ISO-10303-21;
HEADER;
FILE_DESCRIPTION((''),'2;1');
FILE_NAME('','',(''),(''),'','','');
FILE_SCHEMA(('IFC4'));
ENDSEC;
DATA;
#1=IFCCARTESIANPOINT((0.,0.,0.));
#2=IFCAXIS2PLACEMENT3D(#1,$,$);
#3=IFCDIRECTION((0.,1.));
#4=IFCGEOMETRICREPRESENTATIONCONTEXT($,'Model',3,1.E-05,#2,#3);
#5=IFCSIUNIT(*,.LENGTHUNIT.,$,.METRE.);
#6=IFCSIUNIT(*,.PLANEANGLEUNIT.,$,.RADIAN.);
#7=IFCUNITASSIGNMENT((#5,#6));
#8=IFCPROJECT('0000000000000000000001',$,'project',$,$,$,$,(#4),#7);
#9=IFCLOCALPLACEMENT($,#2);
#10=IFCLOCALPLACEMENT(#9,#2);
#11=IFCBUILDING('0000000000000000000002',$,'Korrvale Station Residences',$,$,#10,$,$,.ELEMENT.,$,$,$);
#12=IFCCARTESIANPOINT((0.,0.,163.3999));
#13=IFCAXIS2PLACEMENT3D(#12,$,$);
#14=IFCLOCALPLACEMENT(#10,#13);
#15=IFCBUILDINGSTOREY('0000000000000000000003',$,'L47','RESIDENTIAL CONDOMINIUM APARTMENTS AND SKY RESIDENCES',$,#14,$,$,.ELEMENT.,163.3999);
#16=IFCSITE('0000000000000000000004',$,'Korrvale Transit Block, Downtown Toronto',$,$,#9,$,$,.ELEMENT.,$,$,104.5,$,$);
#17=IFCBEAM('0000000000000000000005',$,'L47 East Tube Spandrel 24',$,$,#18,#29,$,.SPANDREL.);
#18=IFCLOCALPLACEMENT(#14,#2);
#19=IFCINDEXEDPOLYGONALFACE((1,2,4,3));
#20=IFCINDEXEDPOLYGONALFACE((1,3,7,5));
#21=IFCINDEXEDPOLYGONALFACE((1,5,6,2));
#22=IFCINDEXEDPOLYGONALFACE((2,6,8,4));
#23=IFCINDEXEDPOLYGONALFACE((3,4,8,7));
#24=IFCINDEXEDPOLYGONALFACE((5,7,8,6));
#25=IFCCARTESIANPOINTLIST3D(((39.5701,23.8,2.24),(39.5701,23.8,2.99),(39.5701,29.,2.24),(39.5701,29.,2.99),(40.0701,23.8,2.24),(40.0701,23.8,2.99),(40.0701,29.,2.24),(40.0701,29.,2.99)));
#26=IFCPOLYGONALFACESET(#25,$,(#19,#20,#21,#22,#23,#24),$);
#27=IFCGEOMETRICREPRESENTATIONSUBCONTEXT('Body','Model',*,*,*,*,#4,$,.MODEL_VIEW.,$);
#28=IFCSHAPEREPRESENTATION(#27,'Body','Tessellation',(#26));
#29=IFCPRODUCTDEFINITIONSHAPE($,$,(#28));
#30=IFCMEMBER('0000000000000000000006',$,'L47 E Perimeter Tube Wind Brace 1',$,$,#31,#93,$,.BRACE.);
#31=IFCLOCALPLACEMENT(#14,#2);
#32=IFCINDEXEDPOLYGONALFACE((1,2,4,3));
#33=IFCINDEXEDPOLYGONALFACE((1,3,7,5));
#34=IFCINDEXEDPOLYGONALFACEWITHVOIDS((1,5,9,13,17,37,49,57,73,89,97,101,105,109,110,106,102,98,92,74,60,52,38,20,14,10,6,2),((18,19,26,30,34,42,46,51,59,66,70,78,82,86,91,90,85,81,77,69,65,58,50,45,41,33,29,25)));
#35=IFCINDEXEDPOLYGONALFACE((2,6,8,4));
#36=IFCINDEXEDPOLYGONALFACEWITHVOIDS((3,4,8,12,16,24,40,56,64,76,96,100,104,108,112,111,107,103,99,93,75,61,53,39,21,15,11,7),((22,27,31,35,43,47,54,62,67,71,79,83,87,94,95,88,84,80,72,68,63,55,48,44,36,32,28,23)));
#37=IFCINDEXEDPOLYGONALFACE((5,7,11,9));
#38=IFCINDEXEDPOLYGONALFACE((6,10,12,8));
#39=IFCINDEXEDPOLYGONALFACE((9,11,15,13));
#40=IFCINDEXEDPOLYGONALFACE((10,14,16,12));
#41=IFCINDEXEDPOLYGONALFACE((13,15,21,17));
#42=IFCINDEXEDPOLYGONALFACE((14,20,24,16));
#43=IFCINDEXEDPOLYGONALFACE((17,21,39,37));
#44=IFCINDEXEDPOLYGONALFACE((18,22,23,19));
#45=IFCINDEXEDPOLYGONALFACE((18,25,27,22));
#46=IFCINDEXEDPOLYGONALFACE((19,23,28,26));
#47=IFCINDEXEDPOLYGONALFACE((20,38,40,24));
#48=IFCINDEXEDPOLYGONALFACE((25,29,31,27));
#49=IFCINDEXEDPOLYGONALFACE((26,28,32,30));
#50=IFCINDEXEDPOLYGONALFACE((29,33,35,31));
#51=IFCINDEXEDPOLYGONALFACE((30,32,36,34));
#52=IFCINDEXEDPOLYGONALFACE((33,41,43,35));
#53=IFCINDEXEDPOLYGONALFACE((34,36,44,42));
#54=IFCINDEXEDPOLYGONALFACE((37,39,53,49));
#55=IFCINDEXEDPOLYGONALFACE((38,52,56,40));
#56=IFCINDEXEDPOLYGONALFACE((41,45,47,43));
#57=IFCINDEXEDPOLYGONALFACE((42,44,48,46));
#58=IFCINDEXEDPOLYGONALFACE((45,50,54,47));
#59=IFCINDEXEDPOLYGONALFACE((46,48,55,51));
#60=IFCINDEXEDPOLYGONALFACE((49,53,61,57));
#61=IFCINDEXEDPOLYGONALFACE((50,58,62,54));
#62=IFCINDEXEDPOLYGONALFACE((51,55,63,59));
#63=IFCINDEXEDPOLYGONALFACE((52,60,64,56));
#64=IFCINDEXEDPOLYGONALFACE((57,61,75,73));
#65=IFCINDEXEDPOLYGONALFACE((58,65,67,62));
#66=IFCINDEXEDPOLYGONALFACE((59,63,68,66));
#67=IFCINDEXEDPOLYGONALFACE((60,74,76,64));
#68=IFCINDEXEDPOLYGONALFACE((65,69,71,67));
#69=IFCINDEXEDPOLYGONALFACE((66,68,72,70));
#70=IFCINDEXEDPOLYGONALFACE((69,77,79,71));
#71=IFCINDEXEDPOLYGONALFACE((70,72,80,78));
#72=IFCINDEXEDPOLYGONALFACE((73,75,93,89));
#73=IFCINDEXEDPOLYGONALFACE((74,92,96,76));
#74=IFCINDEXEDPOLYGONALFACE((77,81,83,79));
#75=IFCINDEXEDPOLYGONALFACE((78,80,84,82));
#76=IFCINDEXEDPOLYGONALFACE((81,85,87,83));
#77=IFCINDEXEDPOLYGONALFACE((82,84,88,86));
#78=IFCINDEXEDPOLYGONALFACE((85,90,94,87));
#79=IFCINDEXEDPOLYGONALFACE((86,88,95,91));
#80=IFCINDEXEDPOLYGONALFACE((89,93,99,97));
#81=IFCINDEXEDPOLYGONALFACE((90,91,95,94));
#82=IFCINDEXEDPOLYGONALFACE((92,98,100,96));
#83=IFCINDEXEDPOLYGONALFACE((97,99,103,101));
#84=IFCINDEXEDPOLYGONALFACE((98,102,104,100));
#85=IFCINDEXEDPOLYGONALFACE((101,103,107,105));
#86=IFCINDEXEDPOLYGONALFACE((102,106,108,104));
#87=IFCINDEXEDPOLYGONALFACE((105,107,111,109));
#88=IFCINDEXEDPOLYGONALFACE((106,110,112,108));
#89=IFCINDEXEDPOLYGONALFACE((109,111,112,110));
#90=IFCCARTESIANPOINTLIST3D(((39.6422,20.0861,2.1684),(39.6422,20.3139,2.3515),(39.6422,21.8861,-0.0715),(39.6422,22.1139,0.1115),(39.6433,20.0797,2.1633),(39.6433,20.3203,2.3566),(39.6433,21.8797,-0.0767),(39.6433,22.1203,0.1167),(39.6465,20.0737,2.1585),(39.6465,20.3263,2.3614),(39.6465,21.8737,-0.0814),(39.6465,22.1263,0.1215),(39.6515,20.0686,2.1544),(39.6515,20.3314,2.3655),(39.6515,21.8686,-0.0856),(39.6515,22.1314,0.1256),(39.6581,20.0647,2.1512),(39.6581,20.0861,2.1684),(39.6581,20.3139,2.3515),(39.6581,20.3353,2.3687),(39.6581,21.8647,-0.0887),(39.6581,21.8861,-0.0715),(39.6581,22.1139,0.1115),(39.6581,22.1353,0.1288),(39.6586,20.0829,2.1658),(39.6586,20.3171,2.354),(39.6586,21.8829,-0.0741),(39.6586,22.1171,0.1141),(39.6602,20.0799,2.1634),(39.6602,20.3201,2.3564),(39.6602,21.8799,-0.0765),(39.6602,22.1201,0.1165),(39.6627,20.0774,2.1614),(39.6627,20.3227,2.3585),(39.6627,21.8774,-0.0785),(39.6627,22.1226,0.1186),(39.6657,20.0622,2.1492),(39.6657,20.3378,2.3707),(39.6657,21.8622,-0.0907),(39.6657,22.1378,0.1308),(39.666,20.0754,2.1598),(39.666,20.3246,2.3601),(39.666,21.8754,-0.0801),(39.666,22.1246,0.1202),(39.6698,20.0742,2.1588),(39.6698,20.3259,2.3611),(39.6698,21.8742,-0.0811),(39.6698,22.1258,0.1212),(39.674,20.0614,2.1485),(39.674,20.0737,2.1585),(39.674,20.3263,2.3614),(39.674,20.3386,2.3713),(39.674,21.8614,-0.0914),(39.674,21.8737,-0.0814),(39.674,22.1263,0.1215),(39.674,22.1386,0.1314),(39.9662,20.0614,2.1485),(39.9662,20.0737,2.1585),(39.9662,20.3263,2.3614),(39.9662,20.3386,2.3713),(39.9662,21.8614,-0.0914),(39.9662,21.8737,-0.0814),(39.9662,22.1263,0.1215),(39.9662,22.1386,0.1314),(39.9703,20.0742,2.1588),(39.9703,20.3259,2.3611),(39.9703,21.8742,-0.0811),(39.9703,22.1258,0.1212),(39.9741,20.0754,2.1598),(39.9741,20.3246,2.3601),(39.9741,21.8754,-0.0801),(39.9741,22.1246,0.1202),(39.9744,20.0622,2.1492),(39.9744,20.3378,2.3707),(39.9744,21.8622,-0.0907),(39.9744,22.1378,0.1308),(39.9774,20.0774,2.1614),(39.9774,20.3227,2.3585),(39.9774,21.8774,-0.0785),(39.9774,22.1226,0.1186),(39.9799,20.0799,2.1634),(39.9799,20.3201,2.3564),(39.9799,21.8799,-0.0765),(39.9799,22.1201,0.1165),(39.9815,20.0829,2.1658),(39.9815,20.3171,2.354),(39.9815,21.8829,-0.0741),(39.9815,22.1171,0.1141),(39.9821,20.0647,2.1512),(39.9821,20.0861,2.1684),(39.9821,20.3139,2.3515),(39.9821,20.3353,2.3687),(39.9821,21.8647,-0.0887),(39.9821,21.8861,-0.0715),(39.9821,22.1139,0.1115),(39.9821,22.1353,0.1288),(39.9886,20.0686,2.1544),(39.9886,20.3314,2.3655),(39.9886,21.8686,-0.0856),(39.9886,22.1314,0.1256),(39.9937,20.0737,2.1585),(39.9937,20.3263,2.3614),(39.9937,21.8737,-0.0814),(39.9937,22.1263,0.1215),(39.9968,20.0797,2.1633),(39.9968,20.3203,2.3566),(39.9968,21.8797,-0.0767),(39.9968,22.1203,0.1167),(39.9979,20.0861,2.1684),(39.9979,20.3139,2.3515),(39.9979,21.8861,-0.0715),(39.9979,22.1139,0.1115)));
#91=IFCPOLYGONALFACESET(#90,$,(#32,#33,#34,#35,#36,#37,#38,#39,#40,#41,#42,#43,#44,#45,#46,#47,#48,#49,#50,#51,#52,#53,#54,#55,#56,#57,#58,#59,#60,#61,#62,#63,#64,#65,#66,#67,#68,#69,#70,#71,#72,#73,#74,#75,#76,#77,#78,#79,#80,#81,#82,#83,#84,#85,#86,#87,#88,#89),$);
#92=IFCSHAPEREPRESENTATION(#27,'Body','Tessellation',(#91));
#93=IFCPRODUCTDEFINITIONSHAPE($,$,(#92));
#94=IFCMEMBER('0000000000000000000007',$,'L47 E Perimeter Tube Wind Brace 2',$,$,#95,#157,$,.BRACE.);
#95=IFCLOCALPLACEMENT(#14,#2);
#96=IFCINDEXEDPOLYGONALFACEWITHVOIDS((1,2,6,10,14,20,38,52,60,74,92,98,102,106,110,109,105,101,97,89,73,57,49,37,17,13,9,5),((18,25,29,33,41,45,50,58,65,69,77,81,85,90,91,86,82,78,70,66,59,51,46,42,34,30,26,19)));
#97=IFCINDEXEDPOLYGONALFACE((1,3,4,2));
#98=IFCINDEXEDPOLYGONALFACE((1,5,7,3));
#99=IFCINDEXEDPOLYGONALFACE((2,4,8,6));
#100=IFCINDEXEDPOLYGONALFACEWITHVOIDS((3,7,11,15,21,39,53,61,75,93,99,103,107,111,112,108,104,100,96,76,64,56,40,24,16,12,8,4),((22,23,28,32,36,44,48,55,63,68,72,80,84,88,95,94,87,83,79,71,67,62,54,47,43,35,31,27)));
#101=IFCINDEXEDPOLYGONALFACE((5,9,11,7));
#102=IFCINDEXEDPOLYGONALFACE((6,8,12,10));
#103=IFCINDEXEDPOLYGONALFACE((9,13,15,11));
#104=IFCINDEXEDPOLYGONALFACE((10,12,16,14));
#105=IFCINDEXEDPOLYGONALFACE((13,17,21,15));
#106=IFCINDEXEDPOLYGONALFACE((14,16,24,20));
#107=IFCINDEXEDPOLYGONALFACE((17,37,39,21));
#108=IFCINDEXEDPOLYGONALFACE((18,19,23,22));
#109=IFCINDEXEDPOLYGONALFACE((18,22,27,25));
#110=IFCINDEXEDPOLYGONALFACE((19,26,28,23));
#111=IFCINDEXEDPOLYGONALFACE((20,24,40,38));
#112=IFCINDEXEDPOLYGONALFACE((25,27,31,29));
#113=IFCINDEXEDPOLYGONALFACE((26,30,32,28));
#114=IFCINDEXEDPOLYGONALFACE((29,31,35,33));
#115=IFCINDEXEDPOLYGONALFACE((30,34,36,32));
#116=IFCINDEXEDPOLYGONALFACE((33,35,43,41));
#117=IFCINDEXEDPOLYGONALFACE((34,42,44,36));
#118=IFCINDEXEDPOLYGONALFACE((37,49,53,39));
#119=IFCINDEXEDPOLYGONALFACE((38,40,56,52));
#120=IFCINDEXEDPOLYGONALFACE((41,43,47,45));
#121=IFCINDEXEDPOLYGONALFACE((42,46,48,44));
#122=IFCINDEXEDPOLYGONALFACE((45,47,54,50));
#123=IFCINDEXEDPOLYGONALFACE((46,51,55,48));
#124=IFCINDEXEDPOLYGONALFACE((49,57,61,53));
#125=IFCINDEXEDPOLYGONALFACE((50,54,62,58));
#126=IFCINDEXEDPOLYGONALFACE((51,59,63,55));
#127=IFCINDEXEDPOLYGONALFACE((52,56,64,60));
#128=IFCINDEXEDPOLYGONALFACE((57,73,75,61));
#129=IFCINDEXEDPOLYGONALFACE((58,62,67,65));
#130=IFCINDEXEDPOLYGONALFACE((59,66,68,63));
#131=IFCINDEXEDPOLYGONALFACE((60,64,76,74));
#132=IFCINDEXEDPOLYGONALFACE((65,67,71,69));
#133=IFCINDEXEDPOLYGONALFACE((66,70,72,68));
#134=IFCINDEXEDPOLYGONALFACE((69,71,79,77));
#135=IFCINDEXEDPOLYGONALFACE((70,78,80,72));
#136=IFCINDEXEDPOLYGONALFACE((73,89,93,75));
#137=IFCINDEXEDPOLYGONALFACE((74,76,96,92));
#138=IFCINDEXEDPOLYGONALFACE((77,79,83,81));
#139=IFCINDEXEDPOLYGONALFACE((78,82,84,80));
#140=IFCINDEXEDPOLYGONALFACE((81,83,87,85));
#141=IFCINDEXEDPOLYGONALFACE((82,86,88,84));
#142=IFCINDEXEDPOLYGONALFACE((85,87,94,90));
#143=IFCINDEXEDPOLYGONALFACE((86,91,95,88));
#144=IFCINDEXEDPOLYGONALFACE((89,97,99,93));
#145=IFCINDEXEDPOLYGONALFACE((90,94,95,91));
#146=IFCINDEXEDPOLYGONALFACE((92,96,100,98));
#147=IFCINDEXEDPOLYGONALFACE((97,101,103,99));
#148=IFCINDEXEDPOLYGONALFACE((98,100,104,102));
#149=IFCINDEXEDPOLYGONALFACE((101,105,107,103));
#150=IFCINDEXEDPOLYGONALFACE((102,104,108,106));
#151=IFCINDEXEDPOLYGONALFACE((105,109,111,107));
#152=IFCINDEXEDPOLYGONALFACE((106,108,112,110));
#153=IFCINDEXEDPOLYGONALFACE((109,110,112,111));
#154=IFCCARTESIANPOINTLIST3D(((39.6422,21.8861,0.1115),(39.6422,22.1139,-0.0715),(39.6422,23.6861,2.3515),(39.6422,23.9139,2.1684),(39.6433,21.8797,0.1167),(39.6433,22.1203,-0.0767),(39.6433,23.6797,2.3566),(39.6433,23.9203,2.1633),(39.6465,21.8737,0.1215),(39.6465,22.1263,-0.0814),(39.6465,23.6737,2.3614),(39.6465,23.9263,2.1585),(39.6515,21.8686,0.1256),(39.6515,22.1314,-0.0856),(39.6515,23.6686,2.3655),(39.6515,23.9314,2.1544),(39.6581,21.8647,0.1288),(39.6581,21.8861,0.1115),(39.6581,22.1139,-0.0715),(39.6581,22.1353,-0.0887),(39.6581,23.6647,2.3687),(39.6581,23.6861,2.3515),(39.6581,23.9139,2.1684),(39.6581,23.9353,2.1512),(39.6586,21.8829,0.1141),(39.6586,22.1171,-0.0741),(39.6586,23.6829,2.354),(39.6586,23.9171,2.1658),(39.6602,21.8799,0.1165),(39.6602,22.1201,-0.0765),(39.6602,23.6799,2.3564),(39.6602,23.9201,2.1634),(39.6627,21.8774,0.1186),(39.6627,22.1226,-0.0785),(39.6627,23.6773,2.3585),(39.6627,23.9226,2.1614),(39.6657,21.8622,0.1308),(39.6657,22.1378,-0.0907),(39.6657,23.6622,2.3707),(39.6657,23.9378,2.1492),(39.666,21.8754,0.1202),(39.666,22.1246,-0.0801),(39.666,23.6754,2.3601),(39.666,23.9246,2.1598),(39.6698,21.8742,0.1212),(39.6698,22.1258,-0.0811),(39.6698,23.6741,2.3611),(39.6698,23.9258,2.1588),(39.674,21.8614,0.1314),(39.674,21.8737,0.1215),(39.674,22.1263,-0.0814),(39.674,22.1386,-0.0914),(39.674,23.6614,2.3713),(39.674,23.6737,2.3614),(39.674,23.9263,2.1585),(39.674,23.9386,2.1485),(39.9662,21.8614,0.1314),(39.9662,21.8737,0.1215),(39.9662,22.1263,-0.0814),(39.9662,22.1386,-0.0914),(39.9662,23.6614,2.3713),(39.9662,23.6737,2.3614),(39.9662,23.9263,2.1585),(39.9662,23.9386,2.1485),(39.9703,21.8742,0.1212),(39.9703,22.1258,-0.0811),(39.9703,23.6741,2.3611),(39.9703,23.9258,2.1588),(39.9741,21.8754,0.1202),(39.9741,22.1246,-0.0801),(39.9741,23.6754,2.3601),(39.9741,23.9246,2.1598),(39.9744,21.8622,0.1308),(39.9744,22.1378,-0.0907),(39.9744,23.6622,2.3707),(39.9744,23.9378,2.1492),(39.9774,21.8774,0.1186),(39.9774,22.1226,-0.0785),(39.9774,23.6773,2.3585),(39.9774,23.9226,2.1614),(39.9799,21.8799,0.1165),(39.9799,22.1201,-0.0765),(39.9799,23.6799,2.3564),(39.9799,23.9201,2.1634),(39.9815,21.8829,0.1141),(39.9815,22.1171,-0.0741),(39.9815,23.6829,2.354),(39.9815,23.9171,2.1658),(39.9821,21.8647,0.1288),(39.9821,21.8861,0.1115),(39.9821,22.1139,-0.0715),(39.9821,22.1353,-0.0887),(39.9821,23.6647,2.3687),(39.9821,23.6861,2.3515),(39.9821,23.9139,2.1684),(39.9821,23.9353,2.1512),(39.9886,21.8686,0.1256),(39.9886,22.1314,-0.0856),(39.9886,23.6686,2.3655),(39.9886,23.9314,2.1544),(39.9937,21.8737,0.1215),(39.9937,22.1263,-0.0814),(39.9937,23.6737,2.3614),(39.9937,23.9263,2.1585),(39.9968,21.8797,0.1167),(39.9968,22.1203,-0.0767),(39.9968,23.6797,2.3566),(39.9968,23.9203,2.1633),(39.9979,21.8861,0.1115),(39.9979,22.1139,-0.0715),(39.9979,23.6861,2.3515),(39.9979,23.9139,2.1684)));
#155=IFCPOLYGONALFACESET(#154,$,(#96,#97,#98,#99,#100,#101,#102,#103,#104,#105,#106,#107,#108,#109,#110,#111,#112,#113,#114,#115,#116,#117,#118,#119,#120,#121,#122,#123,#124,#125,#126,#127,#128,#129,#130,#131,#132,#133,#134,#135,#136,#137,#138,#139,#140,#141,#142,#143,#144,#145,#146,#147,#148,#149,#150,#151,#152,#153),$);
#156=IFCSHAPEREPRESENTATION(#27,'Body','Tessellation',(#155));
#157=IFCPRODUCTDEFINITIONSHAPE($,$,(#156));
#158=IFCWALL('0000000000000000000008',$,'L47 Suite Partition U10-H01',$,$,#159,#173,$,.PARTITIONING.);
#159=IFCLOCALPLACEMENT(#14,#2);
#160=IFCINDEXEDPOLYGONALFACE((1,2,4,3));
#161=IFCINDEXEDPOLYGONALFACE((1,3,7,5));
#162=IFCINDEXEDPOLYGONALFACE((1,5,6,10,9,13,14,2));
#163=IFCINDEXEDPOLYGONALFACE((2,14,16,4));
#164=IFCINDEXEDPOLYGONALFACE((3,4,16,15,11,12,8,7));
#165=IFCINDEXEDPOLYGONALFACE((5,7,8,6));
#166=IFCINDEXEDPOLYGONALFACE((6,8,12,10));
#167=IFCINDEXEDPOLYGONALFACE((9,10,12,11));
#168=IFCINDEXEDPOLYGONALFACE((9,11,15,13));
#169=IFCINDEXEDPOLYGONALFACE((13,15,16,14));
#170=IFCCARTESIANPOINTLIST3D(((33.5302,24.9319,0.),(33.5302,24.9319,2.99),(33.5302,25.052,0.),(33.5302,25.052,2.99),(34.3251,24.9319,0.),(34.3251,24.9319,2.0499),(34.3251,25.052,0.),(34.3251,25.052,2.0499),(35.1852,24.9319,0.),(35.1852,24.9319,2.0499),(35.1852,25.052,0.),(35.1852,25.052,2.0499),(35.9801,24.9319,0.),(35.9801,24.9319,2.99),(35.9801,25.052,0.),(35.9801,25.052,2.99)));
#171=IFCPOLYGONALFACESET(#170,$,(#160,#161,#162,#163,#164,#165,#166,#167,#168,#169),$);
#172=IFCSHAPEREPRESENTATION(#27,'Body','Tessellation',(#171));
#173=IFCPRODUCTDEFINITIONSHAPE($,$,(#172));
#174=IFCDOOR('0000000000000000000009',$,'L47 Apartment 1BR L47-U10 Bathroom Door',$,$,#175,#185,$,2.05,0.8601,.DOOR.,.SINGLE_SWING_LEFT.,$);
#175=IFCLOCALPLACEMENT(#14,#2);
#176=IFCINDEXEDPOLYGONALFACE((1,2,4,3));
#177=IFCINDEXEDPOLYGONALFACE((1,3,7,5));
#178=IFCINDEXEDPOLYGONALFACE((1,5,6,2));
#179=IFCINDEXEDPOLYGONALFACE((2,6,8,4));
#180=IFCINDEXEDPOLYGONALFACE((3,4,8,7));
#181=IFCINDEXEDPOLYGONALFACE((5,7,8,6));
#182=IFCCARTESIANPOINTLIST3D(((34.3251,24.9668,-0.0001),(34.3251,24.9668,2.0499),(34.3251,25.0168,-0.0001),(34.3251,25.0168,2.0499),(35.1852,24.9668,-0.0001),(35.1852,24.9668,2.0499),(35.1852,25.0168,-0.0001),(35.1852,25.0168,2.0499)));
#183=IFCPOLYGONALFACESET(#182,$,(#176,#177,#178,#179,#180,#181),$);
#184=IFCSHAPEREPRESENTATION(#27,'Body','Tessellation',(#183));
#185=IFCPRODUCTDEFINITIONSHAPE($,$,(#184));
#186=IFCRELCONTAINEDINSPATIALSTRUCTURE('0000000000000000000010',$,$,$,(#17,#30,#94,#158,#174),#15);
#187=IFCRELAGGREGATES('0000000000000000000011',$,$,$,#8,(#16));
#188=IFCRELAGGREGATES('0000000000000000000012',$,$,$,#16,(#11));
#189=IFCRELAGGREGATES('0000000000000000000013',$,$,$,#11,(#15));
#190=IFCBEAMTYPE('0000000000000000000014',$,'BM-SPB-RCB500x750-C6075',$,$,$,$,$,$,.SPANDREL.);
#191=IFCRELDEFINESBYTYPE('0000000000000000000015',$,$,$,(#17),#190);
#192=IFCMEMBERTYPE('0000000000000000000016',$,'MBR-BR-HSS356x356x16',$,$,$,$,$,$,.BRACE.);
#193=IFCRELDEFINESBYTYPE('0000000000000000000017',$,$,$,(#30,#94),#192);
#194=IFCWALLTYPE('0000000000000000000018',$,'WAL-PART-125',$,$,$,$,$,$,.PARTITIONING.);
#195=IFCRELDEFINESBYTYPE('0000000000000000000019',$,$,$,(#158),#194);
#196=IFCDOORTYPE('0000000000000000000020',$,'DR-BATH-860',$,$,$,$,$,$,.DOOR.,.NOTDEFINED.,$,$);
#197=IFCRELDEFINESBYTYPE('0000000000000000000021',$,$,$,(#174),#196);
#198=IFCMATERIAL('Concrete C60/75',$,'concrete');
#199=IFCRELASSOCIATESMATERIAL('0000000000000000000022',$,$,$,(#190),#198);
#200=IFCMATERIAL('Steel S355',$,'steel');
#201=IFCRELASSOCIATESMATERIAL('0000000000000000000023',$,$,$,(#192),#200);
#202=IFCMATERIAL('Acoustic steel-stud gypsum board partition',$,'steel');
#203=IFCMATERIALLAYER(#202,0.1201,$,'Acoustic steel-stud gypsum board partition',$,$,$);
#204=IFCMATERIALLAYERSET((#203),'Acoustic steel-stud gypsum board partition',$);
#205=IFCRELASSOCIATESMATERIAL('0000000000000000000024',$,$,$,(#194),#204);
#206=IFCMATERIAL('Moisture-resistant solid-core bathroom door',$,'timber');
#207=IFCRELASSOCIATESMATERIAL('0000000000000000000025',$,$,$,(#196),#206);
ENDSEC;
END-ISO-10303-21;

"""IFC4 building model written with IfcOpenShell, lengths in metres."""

from ifc_helpers import new_model, si_unit, direction, frame, frame_2d, origin, origin_2d, place, context, subcontext, project, spatial, rectangle, hollow_rectangle, extrude, material, layer, layer_set, material_profile, profile_set, type_object, element, fill, save


model = new_model("IFC4")

# Units and contexts
model_context = context("Model", 3, precision=1e-05, world=origin(), true_north=direction((0.0, 1.0)))
body_context = subcontext(model_context, "Body", "Model", "MODEL_VIEW")
ifc_project = project(units=[si_unit("LENGTHUNIT", "METRE"), si_unit("PLANEANGLEUNIT", "RADIAN")], contexts=[model_context])

# Site, building, storey
site_placement = place(None, origin())
site = spatial("IfcSite", under=ifc_project, at=site_placement, Name="Korrvale Transit Block, Downtown Toronto", CompositionType="ELEMENT", RefElevation=104.5)
building_placement = place(site_placement, origin())
building = spatial("IfcBuilding", under=site, at=building_placement, Name="Korrvale Station Residences", CompositionType="ELEMENT")
storey_placement = place(building_placement, frame((0.0, 0.0, 163.3999)))
storey = spatial("IfcBuildingStorey", under=building, at=storey_placement, Name="L47", Description="RESIDENTIAL CONDOMINIUM APARTMENTS AND SKY RESIDENCES", CompositionType="ELEMENT", Elevation=163.3999)

# Shared definitions
ifc_material_1 = material(Name="Concrete C60/75", Category="concrete")

# Beam
ifc_material_2 = material(Name="Steel S355", Category="steel")
ifc_material_profile_1 = material_profile(ifc_material_1, rectangle(XDim=0.5, YDim=0.75, at=origin_2d()), Name="RCB500x750")
ifc_profile_set_1 = profile_set([ifc_material_profile_1], Name="Concrete C60/75")
beam_type_1 = type_object("IfcBeamType", Name="BM-SPB-RCB500x750-C6075", PredefinedType="SPANDREL", material=ifc_profile_set_1)
beam_1_placement = place(storey_placement, frame((39.8201, 23.8, 2.615), z_axis=(0.0, 1.0, 0.0), x_axis=(-1.0, 0.0, 0.0)))
element("IfcBeam", 1, at=beam_1_placement, inside=storey, type_object=beam_type_1, Name="L47 East Tube Spandrel 24", PredefinedType="SPANDREL", context=body_context, shape_type="SweptSolid", body=[
    extrude(rectangle(XDim=0.5, YDim=0.75, at=origin_2d()), origin(), (0.0, 0.0, 1.0), 5.2),
])

# Members
ifc_material_profile_2 = material_profile(ifc_material_2, hollow_rectangle(XDim=0.3557, YDim=0.3557, WallThickness=0.0159, InnerFilletRadius=0.0159, OuterFilletRadius=0.0317, at=origin_2d()), Name="HSS356x356x16")
ifc_profile_set_2 = profile_set([ifc_material_profile_2], Name="Steel S355")
member_type = type_object("IfcMemberType", Name="MBR-BR-HSS356x356x16", PredefinedType="BRACE", material=ifc_profile_set_2)
for number, where, z_axis, x_axis, name in (
    (2, (39.8201, 22.0, 0.02), (0.0, -0.626403, 0.779499), (1.0, 0.0, 0.0), "L47 E Perimeter Tube Wind Brace 1"),
    (3, (39.8201, 22.0, 0.02), (0.0, 0.626403, 0.779499), (-1.0, 0.0, 0.0), "L47 E Perimeter Tube Wind Brace 2"),
):
    element("IfcMember", number, at=place(storey_placement, frame(where, z_axis=z_axis, x_axis=x_axis)), inside=storey, type_object=member_type, Name=name, PredefinedType="BRACE", context=body_context, shape_type="SweptSolid", body=[
        extrude(hollow_rectangle(XDim=0.3557, YDim=0.3557, WallThickness=0.0159, InnerFilletRadius=0.0159, OuterFilletRadius=0.0317, at=origin_2d()), origin(), (0.0, 0.0, 1.0), 2.8735),
    ])

# Wall, opening, door
ifc_material_3 = material(Name="Acoustic steel-stud gypsum board partition", Category="steel")
ifc_layer_1 = layer(ifc_material_3, 0.1201, Name="Acoustic steel-stud gypsum board partition")
ifc_layer_set_1 = layer_set([ifc_layer_1], Name="Acoustic steel-stud gypsum board partition")
wall_type_1 = type_object("IfcWallType", Name="WAL-PART-125", PredefinedType="PARTITIONING", material=ifc_layer_set_1)
wall_1_placement = place(storey_placement, frame((33.53, 24.9919, 0.0), z_axis=(0.0, 0.0, 1.0), x_axis=(1.0, 0.0, 0.0)))
wall_1 = element("IfcWall", 4, at=wall_1_placement, inside=storey, type_object=wall_type_1, Name="L47 Suite Partition U10-H01", PredefinedType="PARTITIONING", context=body_context, shape_type="SweptSolid", body=[
    extrude(rectangle(XDim=2.45, YDim=0.1201, at=frame_2d((1.2251, 0.0))), origin(), (0.0, 0.0, 1.0), 2.99),
])
opening_1_placement = place(wall_1_placement, frame((0.7949, 0.0, 0.0)))
opening_1 = element("IfcOpeningElement", 5, at=opening_1_placement, cuts=wall_1, PredefinedType="OPENING", context=body_context, shape_type="SweptSolid", body=[
    extrude(rectangle(XDim=0.8601, YDim=2.05, at=frame_2d((0.4302, 1.0249))), frame((0.0, 0.0701, 0.0), z_axis=(0.0, -1.0, 0.0), x_axis=(1.0, 0.0, 0.0)), (0.0, 0.0, 1.0), 0.1401),
])
ifc_material_4 = material(Name="Moisture-resistant solid-core bathroom door", Category="timber")
door_type_1 = type_object("IfcDoorType", Name="DR-BATH-860", OperationType="NOTDEFINED", PredefinedType="DOOR", material=ifc_material_4)
door_1_placement = place(opening_1_placement, origin())
door_1 = element("IfcDoor", 6, at=door_1_placement, inside=storey, type_object=door_type_1, Name="L47 Apartment 1BR L47-U10 Bathroom Door", OperationType="SINGLE_SWING_LEFT", OverallHeight=2.05, OverallWidth=0.8601, PredefinedType="DOOR", context=body_context, shape_type="SweptSolid", body=[
    extrude(rectangle(XDim=0.8601, YDim=2.05, at=frame_2d((0.4302, 1.0249))), frame((0.0, 0.0249, 0.0), z_axis=(0.0, -1.0, 0.0), x_axis=(1.0, 0.0, 0.0)), (0.0, 0.0, 1.0), 0.05),
])
fill(opening_1, door_1)

save(model, "model.ifc")
